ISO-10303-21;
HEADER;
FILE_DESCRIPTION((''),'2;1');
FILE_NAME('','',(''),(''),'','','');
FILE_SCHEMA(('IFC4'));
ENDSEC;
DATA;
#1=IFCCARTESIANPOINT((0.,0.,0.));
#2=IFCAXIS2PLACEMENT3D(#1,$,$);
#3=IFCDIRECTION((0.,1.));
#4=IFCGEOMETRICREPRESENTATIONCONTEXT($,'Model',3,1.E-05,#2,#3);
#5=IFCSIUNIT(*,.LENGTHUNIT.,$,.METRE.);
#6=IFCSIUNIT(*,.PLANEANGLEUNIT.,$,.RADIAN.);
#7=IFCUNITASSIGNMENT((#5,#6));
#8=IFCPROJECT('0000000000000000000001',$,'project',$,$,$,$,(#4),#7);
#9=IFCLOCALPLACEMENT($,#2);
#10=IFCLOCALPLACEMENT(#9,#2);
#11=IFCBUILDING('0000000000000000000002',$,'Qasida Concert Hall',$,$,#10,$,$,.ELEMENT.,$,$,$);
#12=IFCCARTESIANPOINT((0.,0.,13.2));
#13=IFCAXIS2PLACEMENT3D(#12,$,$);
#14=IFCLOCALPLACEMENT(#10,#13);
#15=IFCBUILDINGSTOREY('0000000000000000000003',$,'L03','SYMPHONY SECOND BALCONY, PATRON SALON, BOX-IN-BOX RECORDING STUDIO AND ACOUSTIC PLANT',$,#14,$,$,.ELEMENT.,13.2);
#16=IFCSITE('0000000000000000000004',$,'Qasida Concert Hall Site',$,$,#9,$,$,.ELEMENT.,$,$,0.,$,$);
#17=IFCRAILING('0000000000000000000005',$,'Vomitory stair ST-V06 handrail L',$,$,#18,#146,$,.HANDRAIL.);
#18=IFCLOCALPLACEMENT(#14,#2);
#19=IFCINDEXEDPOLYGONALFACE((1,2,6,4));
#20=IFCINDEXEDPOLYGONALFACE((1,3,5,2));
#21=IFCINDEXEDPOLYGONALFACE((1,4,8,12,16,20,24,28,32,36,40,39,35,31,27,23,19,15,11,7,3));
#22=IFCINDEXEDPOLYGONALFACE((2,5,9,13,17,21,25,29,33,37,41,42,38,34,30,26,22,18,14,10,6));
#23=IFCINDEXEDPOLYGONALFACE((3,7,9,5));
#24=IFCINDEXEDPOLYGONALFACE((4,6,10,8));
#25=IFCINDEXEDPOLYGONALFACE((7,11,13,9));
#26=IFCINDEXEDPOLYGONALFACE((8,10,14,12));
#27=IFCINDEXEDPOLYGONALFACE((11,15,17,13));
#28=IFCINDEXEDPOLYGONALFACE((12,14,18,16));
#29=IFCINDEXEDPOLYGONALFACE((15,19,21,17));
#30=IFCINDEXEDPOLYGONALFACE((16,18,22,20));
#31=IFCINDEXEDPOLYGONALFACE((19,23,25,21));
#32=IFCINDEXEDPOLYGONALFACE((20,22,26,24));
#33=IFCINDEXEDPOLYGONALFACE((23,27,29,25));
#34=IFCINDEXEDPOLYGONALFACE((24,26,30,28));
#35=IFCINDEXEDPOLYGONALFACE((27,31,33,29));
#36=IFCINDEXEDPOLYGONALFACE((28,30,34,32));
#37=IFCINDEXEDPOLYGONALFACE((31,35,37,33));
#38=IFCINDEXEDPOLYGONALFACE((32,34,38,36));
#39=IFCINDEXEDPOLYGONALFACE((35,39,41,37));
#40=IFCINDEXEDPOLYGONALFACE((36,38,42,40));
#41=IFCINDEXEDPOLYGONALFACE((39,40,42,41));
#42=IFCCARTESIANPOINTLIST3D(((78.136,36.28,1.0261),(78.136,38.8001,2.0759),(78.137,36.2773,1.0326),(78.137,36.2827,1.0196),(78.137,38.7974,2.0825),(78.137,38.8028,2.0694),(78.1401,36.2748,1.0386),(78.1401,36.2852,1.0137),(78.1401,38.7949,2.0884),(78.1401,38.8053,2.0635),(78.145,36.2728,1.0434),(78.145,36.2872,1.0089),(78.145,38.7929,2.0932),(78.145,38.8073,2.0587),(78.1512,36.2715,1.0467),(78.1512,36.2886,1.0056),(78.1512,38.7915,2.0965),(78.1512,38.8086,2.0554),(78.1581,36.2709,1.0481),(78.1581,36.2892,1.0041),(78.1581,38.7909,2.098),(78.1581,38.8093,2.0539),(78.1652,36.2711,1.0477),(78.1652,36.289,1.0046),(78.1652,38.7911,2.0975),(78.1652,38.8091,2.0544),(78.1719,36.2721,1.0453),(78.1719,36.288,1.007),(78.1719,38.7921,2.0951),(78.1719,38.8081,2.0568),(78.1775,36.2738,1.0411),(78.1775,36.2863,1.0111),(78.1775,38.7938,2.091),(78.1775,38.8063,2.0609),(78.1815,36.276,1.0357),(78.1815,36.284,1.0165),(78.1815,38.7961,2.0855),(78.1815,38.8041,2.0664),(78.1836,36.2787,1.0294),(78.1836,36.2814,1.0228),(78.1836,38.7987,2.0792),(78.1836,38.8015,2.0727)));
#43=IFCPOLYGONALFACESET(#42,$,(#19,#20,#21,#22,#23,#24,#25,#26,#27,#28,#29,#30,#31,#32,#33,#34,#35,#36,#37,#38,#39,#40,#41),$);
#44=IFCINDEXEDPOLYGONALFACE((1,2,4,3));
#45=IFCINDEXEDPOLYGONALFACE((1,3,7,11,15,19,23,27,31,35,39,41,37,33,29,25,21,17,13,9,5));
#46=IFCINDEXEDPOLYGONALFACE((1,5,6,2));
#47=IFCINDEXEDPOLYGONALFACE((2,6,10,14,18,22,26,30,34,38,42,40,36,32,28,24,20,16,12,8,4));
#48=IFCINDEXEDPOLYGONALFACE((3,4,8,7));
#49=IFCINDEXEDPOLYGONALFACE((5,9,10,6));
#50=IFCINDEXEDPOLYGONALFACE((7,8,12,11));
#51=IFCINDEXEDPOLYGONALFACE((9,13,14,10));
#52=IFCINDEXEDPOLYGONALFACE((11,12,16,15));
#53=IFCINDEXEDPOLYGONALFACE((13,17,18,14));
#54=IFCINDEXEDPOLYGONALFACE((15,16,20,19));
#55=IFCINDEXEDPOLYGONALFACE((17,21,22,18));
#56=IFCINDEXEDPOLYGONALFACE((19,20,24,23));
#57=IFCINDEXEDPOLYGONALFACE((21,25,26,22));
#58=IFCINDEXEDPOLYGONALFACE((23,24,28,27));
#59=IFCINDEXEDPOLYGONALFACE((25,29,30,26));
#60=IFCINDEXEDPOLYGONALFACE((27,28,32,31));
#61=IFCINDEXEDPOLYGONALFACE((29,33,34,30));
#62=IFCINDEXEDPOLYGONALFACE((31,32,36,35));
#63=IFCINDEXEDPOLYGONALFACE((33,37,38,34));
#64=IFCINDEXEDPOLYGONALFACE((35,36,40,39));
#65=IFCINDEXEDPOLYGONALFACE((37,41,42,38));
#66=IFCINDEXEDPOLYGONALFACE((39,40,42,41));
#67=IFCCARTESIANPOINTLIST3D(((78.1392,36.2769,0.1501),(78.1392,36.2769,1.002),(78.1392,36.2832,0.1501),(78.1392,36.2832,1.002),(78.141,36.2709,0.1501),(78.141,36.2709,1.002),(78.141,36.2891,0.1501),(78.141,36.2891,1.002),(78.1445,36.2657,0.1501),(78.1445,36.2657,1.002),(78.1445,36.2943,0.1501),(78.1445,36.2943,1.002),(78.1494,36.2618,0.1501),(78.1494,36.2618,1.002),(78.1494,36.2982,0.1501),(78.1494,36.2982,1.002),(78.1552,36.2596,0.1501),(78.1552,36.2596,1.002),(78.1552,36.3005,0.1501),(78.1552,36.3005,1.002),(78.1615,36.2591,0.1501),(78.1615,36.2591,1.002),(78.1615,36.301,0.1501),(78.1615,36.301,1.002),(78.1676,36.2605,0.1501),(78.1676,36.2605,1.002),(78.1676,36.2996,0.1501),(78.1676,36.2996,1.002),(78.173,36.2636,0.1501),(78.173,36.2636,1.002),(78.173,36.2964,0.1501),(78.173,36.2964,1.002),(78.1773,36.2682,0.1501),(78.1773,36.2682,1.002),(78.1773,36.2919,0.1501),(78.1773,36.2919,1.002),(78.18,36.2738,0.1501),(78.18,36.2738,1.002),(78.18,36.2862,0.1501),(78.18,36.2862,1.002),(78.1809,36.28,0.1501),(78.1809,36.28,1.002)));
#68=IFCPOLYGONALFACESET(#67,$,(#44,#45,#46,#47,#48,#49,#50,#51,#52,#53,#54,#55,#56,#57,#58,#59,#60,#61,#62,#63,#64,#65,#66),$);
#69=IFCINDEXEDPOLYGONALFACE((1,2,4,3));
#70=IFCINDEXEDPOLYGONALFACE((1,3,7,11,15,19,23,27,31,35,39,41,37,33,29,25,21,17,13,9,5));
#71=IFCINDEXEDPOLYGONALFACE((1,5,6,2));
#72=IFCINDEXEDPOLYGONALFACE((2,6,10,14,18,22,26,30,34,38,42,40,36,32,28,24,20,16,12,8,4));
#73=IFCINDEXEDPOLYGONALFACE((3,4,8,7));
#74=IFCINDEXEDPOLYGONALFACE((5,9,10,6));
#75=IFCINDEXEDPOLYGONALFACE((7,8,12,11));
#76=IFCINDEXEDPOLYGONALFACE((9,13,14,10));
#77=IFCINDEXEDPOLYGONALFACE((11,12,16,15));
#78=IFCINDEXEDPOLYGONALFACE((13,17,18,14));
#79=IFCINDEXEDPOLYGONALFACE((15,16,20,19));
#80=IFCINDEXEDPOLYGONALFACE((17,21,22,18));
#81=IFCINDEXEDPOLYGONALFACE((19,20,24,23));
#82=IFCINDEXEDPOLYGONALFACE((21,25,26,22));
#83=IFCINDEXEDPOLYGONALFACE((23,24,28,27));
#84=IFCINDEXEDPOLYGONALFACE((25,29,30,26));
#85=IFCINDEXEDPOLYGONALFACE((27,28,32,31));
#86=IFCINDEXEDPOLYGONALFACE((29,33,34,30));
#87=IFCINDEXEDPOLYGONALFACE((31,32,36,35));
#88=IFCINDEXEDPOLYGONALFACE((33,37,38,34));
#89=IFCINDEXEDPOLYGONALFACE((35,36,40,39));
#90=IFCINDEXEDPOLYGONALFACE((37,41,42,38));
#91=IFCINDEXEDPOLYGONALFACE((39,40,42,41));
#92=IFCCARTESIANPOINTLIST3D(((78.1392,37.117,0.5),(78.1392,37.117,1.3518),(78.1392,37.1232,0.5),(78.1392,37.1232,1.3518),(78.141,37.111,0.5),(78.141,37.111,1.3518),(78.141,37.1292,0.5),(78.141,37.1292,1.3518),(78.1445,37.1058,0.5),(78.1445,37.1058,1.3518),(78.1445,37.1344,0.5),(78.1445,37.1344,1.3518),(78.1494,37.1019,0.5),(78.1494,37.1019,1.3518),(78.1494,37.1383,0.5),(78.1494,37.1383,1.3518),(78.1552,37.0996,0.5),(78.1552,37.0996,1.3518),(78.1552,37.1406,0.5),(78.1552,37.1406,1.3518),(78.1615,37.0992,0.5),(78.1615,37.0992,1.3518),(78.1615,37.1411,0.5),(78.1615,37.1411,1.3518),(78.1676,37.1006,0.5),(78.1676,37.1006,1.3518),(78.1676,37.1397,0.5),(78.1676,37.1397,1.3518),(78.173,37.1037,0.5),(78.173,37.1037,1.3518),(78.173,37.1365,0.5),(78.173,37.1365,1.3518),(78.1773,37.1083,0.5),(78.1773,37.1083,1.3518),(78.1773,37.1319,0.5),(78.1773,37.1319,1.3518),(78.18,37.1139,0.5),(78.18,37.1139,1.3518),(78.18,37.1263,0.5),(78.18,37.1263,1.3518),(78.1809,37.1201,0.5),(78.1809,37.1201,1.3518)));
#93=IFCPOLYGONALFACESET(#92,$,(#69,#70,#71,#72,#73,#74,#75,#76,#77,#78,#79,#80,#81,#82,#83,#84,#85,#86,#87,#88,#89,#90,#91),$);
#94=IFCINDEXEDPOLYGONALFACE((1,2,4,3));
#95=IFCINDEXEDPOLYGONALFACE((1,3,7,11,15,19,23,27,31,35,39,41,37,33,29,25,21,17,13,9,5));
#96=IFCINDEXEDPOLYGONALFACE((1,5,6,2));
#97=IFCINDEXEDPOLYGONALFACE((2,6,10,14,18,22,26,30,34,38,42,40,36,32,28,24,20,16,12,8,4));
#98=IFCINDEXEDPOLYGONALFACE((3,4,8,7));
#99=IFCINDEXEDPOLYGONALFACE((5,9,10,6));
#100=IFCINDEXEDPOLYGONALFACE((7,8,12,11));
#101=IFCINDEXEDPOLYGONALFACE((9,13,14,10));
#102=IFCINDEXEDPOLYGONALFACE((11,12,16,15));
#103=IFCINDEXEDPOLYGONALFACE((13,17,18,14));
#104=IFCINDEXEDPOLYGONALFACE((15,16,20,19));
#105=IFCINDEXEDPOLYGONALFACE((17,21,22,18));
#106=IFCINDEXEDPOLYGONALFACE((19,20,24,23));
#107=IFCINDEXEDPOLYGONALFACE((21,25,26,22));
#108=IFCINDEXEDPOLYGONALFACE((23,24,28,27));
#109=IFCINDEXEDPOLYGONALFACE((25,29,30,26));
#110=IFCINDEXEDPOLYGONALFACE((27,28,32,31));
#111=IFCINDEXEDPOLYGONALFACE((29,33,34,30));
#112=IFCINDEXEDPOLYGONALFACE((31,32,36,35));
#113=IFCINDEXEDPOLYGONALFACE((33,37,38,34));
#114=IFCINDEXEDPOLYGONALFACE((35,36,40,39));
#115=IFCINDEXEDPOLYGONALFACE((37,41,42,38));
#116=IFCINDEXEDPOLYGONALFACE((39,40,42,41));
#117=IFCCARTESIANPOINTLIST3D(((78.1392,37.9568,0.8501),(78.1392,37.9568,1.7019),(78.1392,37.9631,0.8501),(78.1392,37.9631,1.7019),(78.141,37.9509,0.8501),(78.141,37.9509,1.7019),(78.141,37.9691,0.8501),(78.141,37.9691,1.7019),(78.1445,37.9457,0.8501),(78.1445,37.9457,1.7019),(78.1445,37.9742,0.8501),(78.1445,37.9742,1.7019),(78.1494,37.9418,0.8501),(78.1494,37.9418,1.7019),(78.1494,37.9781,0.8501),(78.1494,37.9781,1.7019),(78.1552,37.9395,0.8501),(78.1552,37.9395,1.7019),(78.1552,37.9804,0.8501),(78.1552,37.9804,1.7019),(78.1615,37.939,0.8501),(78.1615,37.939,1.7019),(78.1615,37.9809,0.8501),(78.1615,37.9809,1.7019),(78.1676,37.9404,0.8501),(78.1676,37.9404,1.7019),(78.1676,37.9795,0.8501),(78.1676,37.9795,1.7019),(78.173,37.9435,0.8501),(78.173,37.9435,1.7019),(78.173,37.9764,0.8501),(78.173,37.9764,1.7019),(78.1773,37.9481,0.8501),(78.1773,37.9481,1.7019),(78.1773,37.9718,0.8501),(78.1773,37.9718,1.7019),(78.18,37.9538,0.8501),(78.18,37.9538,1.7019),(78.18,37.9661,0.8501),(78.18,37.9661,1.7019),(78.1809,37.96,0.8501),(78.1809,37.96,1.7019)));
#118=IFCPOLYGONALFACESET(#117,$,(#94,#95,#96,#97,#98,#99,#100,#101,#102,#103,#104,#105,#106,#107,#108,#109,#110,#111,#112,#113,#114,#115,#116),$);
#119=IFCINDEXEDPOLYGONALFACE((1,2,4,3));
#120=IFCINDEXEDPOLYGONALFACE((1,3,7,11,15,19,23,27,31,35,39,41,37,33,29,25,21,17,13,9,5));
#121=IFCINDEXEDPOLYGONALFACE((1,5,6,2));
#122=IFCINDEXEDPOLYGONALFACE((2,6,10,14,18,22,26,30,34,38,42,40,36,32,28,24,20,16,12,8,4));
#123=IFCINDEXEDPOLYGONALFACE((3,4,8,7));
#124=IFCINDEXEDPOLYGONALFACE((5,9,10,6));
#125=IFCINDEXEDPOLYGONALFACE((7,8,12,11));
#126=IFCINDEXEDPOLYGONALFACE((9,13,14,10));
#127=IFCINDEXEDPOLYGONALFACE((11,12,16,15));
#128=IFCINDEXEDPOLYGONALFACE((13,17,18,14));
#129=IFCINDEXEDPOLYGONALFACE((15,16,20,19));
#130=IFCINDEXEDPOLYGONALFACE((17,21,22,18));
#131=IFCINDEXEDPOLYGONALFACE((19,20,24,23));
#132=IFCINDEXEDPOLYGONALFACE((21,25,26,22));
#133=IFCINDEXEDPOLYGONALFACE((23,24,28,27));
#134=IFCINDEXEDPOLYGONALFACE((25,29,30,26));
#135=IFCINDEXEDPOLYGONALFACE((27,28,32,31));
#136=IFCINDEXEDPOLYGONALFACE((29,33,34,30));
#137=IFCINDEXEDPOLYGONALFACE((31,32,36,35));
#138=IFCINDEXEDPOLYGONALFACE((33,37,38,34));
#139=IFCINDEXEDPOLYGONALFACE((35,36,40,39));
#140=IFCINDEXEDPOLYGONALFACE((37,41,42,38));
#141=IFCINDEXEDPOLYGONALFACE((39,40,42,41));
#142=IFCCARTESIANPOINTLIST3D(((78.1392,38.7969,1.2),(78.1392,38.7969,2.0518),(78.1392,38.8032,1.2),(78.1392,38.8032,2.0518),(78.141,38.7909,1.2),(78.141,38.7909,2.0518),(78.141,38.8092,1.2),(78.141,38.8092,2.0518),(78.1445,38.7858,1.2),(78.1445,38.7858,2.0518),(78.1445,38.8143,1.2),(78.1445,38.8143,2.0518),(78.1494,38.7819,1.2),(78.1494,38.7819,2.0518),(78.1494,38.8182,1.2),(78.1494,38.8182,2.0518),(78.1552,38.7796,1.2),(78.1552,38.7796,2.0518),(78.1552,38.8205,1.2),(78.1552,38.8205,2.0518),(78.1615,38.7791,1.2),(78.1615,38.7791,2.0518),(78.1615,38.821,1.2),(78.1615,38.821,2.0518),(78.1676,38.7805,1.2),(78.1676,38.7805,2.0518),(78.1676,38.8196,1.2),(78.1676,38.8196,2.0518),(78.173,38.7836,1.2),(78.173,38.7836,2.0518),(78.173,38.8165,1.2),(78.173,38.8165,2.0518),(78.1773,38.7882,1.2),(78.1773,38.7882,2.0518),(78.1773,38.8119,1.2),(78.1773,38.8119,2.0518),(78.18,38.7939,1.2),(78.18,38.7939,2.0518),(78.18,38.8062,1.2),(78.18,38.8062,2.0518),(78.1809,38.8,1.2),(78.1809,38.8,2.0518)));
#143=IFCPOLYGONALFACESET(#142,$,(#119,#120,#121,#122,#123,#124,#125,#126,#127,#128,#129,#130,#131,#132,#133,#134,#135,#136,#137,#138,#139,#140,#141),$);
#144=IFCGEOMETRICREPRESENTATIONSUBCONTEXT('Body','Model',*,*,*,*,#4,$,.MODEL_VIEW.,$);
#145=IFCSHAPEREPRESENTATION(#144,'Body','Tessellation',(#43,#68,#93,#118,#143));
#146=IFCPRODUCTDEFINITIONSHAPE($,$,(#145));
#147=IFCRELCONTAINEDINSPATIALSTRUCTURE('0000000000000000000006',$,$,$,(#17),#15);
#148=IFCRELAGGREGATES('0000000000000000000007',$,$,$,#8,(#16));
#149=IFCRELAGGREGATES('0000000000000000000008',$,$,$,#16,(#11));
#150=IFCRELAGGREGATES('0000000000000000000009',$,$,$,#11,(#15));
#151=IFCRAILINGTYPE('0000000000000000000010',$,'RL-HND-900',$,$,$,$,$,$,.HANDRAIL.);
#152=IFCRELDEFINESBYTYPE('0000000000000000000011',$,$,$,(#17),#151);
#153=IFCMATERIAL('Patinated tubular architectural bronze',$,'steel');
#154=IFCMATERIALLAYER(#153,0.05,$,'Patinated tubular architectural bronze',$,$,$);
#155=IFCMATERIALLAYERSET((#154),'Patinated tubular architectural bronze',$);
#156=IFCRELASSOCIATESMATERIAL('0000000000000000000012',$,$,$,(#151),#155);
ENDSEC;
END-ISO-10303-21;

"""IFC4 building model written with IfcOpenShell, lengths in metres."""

from ifc_helpers import new_model, si_unit, direction, frame, origin, origin_2d, place, context, subcontext, project, spatial, circle, extrude, material, layer, layer_set, type_object, element, save


model = new_model("IFC4")

# Units and contexts
model_context = context("Model", 3, precision=1e-05, world=origin(), true_north=direction((0.0, 1.0)))
body_context = subcontext(model_context, "Body", "Model", "MODEL_VIEW")
ifc_project = project(units=[si_unit("LENGTHUNIT", "METRE"), si_unit("PLANEANGLEUNIT", "RADIAN")], contexts=[model_context])

# Site, building, storey
site_placement = place(None, origin())
site = spatial("IfcSite", under=ifc_project, at=site_placement, Name="Qasida Concert Hall Site", CompositionType="ELEMENT", RefElevation=0.0)
building_placement = place(site_placement, origin())
building = spatial("IfcBuilding", under=site, at=building_placement, Name="Qasida Concert Hall", CompositionType="ELEMENT")
storey_placement = place(building_placement, frame((0.0, 0.0, 13.2)))
storey = spatial("IfcBuildingStorey", under=building, at=storey_placement, Name="L03", Description="SYMPHONY SECOND BALCONY, PATRON SALON, BOX-IN-BOX RECORDING STUDIO AND ACOUSTIC PLANT", CompositionType="ELEMENT", Elevation=13.2)

# Railing
ifc_material_1 = material(Name="Patinated tubular architectural bronze", Category="steel")
ifc_layer_1 = layer(ifc_material_1, 0.05, Name="Patinated tubular architectural bronze")
ifc_layer_set_1 = layer_set([ifc_layer_1], Name="Patinated tubular architectural bronze")
railing_type_1 = type_object("IfcRailingType", Name="RL-HND-900", PredefinedType="HANDRAIL", material=ifc_layer_set_1)
for number, where, name in (
    (1, (78.1599, 36.28, 0.1501), "Vomitory stair ST-V06 handrail L"),
):
    element("IfcRailing", number, at=place(storey_placement, frame(where)), inside=storey, type_object=railing_type_1, Name=name, PredefinedType="HANDRAIL", context=body_context, shape_type="SweptSolid", body=[
        extrude(circle(Radius=0.0239, at=origin_2d()), frame((0.0, 0.0, 0.876), z_axis=(0.0, 0.923103, 0.384552), x_axis=(-1.0, 0.0, 0.0)), (0.0, 0.0, 1.0), 2.73),
        extrude(circle(Radius=0.021, at=origin_2d()), origin(), (0.0, 0.0, 1.0), 0.8518),
        extrude(circle(Radius=0.021, at=origin_2d()), frame((0.0, 0.8401, 0.3499)), (0.0, 0.0, 1.0), 0.8518),
        extrude(circle(Radius=0.021, at=origin_2d()), frame((0.0, 1.6799, 0.7)), (0.0, 0.0, 1.0), 0.8518),
        extrude(circle(Radius=0.021, at=origin_2d()), frame((0.0, 2.52, 1.0498)), (0.0, 0.0, 1.0), 0.8518),
    ])

save(model, "model.ifc")
